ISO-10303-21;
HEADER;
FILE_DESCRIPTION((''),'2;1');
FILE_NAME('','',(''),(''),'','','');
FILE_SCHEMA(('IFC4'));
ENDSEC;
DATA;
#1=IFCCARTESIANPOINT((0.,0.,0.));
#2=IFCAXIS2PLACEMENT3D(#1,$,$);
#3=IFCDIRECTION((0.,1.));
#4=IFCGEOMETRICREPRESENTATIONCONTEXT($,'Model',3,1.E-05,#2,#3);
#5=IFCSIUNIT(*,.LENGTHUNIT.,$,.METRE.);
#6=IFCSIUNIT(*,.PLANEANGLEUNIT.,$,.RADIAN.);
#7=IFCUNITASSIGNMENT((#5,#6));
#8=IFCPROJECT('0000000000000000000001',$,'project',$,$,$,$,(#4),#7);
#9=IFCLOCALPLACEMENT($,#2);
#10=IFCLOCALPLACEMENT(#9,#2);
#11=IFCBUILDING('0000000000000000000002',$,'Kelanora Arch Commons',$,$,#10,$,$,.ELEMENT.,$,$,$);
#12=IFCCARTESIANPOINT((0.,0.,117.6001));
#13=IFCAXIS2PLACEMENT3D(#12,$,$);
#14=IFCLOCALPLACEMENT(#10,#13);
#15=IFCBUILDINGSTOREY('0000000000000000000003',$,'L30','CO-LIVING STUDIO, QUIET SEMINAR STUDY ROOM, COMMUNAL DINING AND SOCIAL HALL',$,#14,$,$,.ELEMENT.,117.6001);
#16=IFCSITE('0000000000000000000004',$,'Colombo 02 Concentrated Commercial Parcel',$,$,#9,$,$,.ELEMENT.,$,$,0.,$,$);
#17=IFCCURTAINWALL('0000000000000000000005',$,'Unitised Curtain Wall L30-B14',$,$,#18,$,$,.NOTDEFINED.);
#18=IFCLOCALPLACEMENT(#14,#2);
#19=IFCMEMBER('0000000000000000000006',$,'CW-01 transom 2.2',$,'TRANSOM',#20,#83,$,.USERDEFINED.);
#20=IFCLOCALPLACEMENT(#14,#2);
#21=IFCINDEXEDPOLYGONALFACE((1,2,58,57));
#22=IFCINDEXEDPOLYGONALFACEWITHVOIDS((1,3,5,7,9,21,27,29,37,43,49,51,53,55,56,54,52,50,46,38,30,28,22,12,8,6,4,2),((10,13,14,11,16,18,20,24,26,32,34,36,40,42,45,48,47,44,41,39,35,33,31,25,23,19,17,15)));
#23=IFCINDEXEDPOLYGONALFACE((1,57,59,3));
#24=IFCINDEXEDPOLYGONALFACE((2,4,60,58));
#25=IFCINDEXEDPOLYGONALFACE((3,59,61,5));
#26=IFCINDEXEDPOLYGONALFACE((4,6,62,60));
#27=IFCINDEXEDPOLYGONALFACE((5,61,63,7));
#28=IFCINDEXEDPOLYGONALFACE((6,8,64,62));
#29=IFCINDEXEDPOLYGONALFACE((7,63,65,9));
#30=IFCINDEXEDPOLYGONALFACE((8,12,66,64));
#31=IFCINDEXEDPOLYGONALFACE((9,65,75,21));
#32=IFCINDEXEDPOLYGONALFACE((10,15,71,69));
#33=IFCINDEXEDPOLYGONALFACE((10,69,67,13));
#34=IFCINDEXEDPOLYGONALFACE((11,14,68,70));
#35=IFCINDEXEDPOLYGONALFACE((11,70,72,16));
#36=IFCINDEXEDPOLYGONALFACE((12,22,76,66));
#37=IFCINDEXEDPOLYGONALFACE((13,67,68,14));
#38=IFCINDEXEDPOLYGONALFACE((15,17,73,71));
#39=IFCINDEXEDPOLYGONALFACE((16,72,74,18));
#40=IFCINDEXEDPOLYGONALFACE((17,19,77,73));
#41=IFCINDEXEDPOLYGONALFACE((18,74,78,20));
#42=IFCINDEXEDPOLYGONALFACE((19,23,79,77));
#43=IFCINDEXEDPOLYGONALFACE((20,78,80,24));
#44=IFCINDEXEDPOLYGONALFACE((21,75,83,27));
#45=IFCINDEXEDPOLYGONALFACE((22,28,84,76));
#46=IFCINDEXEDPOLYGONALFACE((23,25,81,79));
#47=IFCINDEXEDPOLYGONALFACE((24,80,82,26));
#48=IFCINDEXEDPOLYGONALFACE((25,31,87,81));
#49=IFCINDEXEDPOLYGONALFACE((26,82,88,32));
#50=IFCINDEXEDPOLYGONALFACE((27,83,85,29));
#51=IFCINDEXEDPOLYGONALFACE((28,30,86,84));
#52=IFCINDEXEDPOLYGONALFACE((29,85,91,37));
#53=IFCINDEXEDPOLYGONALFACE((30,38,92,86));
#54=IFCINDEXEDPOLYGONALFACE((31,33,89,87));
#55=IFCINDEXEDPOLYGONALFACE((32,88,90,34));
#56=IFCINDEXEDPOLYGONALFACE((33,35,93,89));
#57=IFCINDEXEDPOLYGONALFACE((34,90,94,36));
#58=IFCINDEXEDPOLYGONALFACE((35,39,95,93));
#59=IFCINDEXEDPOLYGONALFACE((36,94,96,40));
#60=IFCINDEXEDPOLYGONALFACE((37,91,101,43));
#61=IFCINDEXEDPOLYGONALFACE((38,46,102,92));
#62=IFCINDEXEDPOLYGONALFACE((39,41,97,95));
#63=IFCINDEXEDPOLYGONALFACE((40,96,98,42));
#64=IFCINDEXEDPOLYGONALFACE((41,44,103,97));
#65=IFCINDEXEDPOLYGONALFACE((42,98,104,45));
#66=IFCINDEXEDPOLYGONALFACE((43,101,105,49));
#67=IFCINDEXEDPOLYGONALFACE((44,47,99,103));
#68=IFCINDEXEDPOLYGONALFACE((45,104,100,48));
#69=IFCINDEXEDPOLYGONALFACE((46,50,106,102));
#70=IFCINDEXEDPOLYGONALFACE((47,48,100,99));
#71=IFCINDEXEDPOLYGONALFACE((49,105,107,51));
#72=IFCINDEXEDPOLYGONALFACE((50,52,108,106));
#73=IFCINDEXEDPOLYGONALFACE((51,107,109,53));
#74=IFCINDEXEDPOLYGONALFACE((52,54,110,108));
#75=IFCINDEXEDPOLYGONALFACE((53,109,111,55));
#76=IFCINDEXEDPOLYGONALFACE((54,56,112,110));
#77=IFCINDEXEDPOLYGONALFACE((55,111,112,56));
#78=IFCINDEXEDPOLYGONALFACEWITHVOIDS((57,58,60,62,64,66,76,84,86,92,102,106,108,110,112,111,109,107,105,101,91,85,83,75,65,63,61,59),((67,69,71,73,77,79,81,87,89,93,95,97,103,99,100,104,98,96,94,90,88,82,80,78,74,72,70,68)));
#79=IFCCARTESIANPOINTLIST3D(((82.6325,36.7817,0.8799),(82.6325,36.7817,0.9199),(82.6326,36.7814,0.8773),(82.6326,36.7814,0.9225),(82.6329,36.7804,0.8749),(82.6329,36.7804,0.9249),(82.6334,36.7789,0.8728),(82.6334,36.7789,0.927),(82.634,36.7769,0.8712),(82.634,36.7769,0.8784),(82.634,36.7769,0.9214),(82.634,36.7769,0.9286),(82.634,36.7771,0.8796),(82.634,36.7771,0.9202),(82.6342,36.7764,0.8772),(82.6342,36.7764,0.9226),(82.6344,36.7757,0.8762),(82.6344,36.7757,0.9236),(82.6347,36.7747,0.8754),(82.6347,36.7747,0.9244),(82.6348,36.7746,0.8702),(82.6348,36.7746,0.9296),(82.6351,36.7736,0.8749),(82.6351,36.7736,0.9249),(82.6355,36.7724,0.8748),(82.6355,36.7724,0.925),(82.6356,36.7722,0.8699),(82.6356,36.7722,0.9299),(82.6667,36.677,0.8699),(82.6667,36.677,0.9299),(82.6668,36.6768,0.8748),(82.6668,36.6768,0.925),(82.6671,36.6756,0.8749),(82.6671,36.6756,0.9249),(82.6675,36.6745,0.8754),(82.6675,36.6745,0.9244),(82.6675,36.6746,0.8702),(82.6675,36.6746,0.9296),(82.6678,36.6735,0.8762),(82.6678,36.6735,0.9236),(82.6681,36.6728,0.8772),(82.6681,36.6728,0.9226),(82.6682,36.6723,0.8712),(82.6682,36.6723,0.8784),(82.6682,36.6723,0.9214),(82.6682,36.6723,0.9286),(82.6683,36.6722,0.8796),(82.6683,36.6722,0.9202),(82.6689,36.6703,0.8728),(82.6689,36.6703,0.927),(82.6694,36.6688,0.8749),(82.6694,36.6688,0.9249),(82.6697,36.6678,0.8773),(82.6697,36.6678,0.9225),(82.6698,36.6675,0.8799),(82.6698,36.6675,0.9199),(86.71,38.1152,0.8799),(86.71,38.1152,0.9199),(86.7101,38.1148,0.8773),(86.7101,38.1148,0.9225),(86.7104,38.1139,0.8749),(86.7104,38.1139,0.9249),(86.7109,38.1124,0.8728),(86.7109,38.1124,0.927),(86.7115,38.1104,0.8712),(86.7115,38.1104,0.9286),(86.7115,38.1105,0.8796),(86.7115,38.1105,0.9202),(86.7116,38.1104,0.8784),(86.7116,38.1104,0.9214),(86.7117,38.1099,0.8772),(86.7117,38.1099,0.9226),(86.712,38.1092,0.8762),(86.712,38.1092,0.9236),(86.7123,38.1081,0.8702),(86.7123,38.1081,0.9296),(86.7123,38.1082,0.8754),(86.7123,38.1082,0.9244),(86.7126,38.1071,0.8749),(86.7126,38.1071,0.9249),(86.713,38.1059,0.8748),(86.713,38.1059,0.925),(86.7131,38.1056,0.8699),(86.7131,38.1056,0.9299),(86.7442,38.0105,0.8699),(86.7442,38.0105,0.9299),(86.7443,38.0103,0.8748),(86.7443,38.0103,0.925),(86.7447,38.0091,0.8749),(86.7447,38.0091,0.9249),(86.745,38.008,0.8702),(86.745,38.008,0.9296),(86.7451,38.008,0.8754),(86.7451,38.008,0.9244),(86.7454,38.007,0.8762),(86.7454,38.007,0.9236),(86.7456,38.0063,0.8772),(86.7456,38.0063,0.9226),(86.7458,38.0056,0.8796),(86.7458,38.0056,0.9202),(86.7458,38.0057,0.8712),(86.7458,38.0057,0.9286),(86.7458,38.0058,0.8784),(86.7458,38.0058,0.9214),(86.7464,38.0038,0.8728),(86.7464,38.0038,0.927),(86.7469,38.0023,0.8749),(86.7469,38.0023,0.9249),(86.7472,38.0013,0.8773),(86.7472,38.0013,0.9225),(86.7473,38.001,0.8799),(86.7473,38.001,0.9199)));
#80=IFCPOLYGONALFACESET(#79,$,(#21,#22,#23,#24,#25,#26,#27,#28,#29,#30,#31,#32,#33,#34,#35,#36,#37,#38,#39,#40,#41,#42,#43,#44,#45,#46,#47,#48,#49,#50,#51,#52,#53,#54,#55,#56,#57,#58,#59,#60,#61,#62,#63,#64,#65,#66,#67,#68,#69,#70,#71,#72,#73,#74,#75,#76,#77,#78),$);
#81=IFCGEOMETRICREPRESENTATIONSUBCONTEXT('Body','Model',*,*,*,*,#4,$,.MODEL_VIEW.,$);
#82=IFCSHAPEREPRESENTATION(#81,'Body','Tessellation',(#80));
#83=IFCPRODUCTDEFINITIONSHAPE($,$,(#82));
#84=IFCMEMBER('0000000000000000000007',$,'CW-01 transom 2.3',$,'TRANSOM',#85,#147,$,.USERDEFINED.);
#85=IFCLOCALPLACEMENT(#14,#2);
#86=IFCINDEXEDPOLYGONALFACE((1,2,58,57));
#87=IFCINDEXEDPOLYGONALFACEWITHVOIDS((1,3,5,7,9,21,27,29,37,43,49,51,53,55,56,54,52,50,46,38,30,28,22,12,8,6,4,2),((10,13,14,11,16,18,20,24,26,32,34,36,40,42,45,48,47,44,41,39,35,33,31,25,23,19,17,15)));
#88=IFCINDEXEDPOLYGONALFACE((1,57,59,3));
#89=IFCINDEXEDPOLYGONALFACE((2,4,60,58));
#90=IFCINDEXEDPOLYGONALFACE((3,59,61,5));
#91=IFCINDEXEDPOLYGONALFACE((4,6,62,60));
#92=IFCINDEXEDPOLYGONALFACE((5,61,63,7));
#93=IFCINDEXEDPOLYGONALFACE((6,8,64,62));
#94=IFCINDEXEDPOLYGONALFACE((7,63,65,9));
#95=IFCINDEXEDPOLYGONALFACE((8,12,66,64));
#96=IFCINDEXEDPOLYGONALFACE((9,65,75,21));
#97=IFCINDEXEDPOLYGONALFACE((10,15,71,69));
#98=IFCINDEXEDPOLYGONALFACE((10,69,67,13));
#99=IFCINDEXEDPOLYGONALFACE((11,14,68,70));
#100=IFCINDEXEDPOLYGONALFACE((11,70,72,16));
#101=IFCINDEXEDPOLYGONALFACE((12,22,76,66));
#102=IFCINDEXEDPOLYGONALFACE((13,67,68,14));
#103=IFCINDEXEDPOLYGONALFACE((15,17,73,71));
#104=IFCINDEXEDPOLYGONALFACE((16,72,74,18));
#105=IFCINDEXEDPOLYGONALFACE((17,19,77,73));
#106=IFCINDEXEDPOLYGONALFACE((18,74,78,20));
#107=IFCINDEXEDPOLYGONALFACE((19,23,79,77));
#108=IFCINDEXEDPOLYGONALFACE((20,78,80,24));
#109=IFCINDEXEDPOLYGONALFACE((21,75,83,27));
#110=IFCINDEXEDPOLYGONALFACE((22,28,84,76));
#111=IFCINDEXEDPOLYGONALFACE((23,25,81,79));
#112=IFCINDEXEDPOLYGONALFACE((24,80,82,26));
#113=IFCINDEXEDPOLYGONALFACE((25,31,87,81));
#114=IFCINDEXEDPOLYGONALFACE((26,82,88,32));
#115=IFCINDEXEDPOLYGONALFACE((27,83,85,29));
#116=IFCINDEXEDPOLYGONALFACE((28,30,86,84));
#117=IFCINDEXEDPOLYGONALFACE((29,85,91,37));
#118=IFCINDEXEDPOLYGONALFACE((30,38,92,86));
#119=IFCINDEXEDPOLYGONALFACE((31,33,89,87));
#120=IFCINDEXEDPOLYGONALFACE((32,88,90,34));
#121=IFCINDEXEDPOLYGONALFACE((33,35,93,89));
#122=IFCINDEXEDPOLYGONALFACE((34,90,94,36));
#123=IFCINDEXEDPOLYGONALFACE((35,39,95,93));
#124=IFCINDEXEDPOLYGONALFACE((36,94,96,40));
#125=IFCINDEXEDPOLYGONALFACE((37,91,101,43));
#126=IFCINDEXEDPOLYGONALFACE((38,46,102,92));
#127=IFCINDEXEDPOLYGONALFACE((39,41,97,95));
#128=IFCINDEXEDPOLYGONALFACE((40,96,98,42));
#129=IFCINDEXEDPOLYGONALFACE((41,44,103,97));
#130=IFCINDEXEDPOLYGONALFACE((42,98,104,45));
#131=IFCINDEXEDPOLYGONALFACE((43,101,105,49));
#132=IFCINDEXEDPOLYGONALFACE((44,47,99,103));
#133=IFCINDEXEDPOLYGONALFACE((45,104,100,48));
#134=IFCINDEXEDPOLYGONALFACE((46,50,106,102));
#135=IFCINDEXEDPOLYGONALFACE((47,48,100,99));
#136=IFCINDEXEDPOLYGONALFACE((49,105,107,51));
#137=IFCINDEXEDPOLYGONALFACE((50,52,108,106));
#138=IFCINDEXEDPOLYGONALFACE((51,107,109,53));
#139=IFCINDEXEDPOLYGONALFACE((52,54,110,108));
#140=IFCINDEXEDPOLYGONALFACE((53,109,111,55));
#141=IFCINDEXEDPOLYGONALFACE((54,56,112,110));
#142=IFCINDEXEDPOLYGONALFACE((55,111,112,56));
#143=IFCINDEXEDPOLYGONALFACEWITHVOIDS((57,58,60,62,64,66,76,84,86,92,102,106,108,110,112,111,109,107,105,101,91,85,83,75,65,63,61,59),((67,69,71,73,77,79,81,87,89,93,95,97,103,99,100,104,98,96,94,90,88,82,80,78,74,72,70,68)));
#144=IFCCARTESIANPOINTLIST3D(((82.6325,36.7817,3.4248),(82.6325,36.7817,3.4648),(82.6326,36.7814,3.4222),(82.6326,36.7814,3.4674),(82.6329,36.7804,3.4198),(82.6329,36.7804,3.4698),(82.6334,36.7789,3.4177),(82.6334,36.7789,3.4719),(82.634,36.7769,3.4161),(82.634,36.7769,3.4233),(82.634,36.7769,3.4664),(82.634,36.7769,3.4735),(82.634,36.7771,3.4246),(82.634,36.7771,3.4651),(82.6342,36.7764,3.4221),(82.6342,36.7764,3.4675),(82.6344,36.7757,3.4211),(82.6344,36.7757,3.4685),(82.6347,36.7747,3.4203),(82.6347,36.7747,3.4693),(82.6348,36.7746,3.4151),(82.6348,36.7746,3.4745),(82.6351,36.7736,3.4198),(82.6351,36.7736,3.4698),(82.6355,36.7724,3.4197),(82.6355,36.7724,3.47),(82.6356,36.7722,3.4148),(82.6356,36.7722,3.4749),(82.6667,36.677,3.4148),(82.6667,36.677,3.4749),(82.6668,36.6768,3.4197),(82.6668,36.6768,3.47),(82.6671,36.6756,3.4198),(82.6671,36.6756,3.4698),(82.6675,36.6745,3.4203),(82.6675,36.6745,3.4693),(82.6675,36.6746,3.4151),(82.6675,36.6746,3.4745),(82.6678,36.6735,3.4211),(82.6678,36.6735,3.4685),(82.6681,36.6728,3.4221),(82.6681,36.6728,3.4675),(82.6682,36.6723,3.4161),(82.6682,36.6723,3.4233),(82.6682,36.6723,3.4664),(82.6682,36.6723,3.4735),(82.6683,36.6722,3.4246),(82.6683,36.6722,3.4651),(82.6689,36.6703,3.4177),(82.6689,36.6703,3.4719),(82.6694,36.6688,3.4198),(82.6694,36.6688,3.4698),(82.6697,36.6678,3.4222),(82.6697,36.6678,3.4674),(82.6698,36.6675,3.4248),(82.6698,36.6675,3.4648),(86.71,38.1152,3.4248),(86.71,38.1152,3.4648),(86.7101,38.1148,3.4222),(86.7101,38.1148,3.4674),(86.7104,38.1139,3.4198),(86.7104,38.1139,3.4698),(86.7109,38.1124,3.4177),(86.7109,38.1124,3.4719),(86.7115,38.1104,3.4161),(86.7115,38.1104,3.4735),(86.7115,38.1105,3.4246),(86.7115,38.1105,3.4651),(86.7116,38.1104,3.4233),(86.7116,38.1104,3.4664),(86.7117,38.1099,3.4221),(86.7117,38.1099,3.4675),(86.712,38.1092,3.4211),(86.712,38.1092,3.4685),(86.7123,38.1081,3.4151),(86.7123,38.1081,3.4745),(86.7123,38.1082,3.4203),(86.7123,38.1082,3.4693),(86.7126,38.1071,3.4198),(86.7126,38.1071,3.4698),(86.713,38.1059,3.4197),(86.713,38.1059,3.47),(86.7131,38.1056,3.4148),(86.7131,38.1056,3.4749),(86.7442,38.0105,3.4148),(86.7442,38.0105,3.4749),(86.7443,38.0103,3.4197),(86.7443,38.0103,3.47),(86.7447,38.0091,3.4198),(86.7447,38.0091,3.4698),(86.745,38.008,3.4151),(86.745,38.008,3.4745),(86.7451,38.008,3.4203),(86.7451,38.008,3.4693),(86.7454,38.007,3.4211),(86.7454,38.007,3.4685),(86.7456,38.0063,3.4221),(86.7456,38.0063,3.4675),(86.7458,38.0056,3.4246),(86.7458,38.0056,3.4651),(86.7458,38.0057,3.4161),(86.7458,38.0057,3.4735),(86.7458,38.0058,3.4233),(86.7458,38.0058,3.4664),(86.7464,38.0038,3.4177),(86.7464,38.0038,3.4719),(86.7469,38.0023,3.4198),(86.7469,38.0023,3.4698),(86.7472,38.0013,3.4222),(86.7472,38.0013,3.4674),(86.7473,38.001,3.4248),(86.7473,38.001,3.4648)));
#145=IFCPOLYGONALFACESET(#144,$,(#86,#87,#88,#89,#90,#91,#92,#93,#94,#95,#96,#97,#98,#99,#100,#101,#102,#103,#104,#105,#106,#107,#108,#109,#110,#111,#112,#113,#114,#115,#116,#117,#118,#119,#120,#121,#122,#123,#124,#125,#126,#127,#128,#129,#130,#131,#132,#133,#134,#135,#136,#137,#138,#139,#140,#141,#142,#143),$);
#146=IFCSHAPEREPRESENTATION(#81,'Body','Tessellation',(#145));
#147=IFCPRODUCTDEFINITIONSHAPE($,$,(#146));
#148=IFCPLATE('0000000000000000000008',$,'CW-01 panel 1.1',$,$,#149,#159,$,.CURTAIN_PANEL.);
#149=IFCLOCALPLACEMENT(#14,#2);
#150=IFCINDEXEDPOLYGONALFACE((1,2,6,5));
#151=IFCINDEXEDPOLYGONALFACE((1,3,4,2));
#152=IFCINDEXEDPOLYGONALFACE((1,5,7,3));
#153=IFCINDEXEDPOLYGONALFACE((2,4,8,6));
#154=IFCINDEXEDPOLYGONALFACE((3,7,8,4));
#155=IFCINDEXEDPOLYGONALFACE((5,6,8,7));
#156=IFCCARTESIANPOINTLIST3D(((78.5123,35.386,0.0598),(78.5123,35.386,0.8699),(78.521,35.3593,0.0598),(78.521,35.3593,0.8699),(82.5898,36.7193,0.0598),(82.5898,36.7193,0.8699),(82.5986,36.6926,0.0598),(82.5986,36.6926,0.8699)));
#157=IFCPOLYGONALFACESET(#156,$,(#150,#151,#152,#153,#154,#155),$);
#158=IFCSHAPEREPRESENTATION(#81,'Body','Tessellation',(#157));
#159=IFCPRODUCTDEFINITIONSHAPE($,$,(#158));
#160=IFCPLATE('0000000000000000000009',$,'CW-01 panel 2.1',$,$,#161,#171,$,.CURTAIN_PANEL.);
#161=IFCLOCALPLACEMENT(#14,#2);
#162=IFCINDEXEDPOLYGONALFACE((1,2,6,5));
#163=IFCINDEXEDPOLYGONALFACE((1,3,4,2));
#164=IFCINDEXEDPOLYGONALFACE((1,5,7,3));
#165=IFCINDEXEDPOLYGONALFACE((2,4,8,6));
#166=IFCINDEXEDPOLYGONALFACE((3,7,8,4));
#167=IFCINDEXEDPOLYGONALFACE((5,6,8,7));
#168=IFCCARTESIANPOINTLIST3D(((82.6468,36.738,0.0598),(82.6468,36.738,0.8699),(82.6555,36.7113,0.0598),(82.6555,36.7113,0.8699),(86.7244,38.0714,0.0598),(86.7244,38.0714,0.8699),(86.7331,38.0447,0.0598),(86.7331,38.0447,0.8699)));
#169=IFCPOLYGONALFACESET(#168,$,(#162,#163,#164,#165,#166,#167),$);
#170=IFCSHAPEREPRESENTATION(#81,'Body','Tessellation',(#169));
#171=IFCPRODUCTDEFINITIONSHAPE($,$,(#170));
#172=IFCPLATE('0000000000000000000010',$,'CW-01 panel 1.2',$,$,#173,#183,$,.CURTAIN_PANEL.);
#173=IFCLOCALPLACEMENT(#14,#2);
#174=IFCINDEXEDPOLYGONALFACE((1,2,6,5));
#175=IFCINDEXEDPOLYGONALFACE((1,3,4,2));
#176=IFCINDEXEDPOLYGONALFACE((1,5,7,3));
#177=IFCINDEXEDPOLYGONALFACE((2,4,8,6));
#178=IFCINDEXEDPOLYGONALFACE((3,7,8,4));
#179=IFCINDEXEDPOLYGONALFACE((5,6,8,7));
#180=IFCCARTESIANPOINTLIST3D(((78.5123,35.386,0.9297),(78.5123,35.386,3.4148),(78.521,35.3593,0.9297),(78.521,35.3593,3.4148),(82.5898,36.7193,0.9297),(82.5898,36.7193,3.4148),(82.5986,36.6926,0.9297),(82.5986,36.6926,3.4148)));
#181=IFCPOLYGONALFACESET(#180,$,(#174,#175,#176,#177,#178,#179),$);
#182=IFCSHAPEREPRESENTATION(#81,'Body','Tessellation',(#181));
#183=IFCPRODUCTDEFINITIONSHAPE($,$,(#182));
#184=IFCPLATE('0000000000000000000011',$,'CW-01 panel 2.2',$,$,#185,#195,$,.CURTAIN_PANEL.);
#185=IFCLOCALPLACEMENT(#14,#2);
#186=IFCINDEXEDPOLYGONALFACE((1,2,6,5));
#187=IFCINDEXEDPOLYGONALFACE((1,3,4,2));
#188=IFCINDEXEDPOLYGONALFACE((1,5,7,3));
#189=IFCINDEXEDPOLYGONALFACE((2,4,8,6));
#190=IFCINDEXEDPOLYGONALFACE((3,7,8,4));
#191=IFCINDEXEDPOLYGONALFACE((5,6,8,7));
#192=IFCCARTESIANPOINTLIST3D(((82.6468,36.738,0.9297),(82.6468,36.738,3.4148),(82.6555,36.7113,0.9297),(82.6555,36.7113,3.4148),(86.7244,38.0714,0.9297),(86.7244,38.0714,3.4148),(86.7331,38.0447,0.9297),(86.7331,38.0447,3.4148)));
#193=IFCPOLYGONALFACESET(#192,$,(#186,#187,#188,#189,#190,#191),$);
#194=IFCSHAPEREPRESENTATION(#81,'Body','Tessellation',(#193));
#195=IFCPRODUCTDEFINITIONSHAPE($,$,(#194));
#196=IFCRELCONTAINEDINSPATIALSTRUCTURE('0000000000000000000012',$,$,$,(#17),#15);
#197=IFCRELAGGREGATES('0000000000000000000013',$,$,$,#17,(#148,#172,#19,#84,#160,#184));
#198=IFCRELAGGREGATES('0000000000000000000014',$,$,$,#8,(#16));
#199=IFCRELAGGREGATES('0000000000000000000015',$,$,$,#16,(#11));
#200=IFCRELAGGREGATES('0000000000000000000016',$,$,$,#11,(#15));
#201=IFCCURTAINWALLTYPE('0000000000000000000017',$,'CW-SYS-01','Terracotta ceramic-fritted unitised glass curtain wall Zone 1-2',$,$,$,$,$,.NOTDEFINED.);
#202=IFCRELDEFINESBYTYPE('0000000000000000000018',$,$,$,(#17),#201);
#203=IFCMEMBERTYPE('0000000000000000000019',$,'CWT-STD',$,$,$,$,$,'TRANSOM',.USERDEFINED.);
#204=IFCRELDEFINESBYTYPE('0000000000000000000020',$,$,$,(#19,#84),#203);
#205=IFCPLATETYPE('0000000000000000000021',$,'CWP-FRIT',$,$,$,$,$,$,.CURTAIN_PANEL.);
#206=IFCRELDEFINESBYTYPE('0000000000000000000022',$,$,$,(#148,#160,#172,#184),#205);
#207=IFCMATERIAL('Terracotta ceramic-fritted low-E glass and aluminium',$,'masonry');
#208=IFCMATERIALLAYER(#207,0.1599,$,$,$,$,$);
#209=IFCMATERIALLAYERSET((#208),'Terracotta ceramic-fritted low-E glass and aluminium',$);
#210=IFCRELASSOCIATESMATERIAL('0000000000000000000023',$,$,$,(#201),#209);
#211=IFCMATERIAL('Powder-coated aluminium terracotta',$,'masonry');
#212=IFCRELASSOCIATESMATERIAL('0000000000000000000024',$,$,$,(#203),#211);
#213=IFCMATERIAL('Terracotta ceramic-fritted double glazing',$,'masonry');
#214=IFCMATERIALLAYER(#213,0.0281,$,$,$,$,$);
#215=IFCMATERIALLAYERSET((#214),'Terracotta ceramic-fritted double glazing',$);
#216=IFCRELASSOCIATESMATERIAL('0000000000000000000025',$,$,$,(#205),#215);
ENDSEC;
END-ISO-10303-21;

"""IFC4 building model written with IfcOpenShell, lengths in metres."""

from ifc_helpers import new_model, si_unit, direction, frame, origin, origin_2d, place, context, subcontext, project, spatial, rectangle, hollow_rectangle, extrude, source, transform, mapped, material, layer, layer_set, material_profile, profile_set, type_object, element, aggregate, save


model = new_model("IFC4")

# Units and contexts
model_context = context("Model", 3, precision=1e-05, world=origin(), true_north=direction((0.0, 1.0)))
body_context = subcontext(model_context, "Body", "Model", "MODEL_VIEW")
ifc_project = project(units=[si_unit("LENGTHUNIT", "METRE"), si_unit("PLANEANGLEUNIT", "RADIAN")], contexts=[model_context])

# Site, building, storey
site_placement = place(None, origin())
site = spatial("IfcSite", under=ifc_project, at=site_placement, Name="Colombo 02 Concentrated Commercial Parcel", CompositionType="ELEMENT", RefElevation=0.0)
building_placement = place(site_placement, origin())
building = spatial("IfcBuilding", under=site, at=building_placement, Name="Kelanora Arch Commons", CompositionType="ELEMENT")
storey_placement = place(building_placement, frame((0.0, 0.0, 117.6001)))
storey = spatial("IfcBuildingStorey", under=building, at=storey_placement, Name="L30", Description="CO-LIVING STUDIO, QUIET SEMINAR STUDY ROOM, COMMUNAL DINING AND SOCIAL HALL", CompositionType="ELEMENT", Elevation=117.6001)

# Curtain wall, members, plates
ifc_material_1 = material(Name="Terracotta ceramic-fritted low-E glass and aluminium", Category="masonry")
ifc_layer_1 = layer(ifc_material_1, 0.1599)
ifc_layer_set_1 = layer_set([ifc_layer_1], Name="Terracotta ceramic-fritted low-E glass and aluminium")
curtain_wall_type = type_object("IfcCurtainWallType", Name="CW-SYS-01", Description="Terracotta ceramic-fritted unitised glass curtain wall Zone 1-2", PredefinedType="NOTDEFINED", material=ifc_layer_set_1)
curtain_wall_placement = place(storey_placement, origin())
curtain_wall = element("IfcCurtainWall", 1, at=curtain_wall_placement, inside=storey, type_object=curtain_wall_type, Name="Unitised Curtain Wall L30-B14", PredefinedType="NOTDEFINED")
ifc_material_2 = material(Name="Powder-coated aluminium terracotta", Category="masonry")
ifc_material_profile_1 = material_profile(ifc_material_2, hollow_rectangle(XDim=0.1201, YDim=0.0601, WallThickness=0.0049, InnerFilletRadius=0.0049, OuterFilletRadius=0.01, at=origin_2d()), Name="CWT120x60")
ifc_profile_set_1 = profile_set([ifc_material_profile_1], Name="Powder-coated aluminium terracotta")
member_type_1 = type_object("IfcMemberType", Name="CWT-STD", ElementType="TRANSOM", PredefinedType="USERDEFINED", material=ifc_profile_set_1)
member_1_placement = place(storey_placement, frame((82.6511, 36.7246, 0.8999), z_axis=(0.950466, 0.310828, 0.0), x_axis=(-0.310828, 0.950466, 0.0)))
member_1 = element("IfcMember", 2, at=member_1_placement, type_object=member_type_1, Name="CW-01 transom 2.2", ObjectType="TRANSOM", PredefinedType="USERDEFINED", context=body_context, shape_type="SweptSolid", body=[
    extrude(hollow_rectangle(XDim=0.1201, YDim=0.0601, WallThickness=0.0049, InnerFilletRadius=0.0049, OuterFilletRadius=0.01, at=origin_2d()), origin(), (0.0, 0.0, 1.0), 4.29),
])
member_2_placement = place(storey_placement, frame((82.6511, 36.7246, 3.4448), z_axis=(0.950466, 0.310828, 0.0), x_axis=(-0.310828, 0.950466, 0.0)))
member_2 = element("IfcMember", 3, at=member_2_placement, type_object=member_type_1, Name="CW-01 transom 2.3", ObjectType="TRANSOM", PredefinedType="USERDEFINED", context=body_context, shape_type="SweptSolid", body=[
    extrude(hollow_rectangle(XDim=0.1201, YDim=0.0601, WallThickness=0.0049, InnerFilletRadius=0.0049, OuterFilletRadius=0.01, at=origin_2d()), origin(), (0.0, 0.0, 1.0), 4.29),
])
ifc_material_3 = material(Name="Terracotta ceramic-fritted double glazing", Category="masonry")
ifc_layer_2 = layer(ifc_material_3, 0.0281)
ifc_layer_set_2 = layer_set([ifc_layer_2], Name="Terracotta ceramic-fritted double glazing")
plate_type = type_object("IfcPlateType", Name="CWP-FRIT", PredefinedType="CURTAIN_PANEL", material=ifc_layer_set_2)
shared_shape_1 = source(origin(), body_context, "Body", "SweptSolid", [
    extrude(rectangle(XDim=4.29, YDim=0.0281, at=origin_2d()), origin(), (0.0, 0.0, 1.0), 0.8101),
])
plate_1_placement = place(storey_placement, frame((80.5554, 36.0393, 0.0598), z_axis=(0.0, 0.0, 1.0), x_axis=(0.950474, 0.310805, 0.0)))
plate_1 = element("IfcPlate", 4, at=plate_1_placement, type_object=plate_type, Name="CW-01 panel 1.1", PredefinedType="CURTAIN_PANEL", context=body_context, shape_type="MappedRepresentation", body=[
    mapped(shared_shape_1, transform((0.0, 0.0, 0.0), scale=1.0)),
])
plate_2_placement = place(storey_placement, frame((84.6899, 37.3914, 0.0598), z_axis=(0.0, 0.0, 1.0), x_axis=(0.950474, 0.310805, 0.0)))
plate_2 = element("IfcPlate", 5, at=plate_2_placement, type_object=plate_type, Name="CW-01 panel 2.1", PredefinedType="CURTAIN_PANEL", context=body_context, shape_type="MappedRepresentation", body=[
    mapped(shared_shape_1, transform((0.0, 0.0, 0.0), scale=1.0)),
])
shared_shape_2 = source(origin(), body_context, "Body", "SweptSolid", [
    extrude(rectangle(XDim=4.29, YDim=0.0281, at=origin_2d()), origin(), (0.0, 0.0, 1.0), 2.4851),
])
plate_3_placement = place(storey_placement, frame((80.5554, 36.0393, 0.9297), z_axis=(0.0, 0.0, 1.0), x_axis=(0.950474, 0.310805, 0.0)))
plate_3 = element("IfcPlate", 6, at=plate_3_placement, type_object=plate_type, Name="CW-01 panel 1.2", PredefinedType="CURTAIN_PANEL", context=body_context, shape_type="MappedRepresentation", body=[
    mapped(shared_shape_2, transform((0.0, 0.0, 0.0), scale=1.0)),
])
plate_4_placement = place(storey_placement, frame((84.6899, 37.3914, 0.9297), z_axis=(0.0, 0.0, 1.0), x_axis=(0.950474, 0.310805, 0.0)))
plate_4 = element("IfcPlate", 7, at=plate_4_placement, type_object=plate_type, Name="CW-01 panel 2.2", PredefinedType="CURTAIN_PANEL", context=body_context, shape_type="MappedRepresentation", body=[
    mapped(shared_shape_2, transform((0.0, 0.0, 0.0), scale=1.0)),
])
aggregate(curtain_wall, [plate_1, plate_3, member_1, member_2, plate_2, plate_4])

save(model, "model.ifc")
